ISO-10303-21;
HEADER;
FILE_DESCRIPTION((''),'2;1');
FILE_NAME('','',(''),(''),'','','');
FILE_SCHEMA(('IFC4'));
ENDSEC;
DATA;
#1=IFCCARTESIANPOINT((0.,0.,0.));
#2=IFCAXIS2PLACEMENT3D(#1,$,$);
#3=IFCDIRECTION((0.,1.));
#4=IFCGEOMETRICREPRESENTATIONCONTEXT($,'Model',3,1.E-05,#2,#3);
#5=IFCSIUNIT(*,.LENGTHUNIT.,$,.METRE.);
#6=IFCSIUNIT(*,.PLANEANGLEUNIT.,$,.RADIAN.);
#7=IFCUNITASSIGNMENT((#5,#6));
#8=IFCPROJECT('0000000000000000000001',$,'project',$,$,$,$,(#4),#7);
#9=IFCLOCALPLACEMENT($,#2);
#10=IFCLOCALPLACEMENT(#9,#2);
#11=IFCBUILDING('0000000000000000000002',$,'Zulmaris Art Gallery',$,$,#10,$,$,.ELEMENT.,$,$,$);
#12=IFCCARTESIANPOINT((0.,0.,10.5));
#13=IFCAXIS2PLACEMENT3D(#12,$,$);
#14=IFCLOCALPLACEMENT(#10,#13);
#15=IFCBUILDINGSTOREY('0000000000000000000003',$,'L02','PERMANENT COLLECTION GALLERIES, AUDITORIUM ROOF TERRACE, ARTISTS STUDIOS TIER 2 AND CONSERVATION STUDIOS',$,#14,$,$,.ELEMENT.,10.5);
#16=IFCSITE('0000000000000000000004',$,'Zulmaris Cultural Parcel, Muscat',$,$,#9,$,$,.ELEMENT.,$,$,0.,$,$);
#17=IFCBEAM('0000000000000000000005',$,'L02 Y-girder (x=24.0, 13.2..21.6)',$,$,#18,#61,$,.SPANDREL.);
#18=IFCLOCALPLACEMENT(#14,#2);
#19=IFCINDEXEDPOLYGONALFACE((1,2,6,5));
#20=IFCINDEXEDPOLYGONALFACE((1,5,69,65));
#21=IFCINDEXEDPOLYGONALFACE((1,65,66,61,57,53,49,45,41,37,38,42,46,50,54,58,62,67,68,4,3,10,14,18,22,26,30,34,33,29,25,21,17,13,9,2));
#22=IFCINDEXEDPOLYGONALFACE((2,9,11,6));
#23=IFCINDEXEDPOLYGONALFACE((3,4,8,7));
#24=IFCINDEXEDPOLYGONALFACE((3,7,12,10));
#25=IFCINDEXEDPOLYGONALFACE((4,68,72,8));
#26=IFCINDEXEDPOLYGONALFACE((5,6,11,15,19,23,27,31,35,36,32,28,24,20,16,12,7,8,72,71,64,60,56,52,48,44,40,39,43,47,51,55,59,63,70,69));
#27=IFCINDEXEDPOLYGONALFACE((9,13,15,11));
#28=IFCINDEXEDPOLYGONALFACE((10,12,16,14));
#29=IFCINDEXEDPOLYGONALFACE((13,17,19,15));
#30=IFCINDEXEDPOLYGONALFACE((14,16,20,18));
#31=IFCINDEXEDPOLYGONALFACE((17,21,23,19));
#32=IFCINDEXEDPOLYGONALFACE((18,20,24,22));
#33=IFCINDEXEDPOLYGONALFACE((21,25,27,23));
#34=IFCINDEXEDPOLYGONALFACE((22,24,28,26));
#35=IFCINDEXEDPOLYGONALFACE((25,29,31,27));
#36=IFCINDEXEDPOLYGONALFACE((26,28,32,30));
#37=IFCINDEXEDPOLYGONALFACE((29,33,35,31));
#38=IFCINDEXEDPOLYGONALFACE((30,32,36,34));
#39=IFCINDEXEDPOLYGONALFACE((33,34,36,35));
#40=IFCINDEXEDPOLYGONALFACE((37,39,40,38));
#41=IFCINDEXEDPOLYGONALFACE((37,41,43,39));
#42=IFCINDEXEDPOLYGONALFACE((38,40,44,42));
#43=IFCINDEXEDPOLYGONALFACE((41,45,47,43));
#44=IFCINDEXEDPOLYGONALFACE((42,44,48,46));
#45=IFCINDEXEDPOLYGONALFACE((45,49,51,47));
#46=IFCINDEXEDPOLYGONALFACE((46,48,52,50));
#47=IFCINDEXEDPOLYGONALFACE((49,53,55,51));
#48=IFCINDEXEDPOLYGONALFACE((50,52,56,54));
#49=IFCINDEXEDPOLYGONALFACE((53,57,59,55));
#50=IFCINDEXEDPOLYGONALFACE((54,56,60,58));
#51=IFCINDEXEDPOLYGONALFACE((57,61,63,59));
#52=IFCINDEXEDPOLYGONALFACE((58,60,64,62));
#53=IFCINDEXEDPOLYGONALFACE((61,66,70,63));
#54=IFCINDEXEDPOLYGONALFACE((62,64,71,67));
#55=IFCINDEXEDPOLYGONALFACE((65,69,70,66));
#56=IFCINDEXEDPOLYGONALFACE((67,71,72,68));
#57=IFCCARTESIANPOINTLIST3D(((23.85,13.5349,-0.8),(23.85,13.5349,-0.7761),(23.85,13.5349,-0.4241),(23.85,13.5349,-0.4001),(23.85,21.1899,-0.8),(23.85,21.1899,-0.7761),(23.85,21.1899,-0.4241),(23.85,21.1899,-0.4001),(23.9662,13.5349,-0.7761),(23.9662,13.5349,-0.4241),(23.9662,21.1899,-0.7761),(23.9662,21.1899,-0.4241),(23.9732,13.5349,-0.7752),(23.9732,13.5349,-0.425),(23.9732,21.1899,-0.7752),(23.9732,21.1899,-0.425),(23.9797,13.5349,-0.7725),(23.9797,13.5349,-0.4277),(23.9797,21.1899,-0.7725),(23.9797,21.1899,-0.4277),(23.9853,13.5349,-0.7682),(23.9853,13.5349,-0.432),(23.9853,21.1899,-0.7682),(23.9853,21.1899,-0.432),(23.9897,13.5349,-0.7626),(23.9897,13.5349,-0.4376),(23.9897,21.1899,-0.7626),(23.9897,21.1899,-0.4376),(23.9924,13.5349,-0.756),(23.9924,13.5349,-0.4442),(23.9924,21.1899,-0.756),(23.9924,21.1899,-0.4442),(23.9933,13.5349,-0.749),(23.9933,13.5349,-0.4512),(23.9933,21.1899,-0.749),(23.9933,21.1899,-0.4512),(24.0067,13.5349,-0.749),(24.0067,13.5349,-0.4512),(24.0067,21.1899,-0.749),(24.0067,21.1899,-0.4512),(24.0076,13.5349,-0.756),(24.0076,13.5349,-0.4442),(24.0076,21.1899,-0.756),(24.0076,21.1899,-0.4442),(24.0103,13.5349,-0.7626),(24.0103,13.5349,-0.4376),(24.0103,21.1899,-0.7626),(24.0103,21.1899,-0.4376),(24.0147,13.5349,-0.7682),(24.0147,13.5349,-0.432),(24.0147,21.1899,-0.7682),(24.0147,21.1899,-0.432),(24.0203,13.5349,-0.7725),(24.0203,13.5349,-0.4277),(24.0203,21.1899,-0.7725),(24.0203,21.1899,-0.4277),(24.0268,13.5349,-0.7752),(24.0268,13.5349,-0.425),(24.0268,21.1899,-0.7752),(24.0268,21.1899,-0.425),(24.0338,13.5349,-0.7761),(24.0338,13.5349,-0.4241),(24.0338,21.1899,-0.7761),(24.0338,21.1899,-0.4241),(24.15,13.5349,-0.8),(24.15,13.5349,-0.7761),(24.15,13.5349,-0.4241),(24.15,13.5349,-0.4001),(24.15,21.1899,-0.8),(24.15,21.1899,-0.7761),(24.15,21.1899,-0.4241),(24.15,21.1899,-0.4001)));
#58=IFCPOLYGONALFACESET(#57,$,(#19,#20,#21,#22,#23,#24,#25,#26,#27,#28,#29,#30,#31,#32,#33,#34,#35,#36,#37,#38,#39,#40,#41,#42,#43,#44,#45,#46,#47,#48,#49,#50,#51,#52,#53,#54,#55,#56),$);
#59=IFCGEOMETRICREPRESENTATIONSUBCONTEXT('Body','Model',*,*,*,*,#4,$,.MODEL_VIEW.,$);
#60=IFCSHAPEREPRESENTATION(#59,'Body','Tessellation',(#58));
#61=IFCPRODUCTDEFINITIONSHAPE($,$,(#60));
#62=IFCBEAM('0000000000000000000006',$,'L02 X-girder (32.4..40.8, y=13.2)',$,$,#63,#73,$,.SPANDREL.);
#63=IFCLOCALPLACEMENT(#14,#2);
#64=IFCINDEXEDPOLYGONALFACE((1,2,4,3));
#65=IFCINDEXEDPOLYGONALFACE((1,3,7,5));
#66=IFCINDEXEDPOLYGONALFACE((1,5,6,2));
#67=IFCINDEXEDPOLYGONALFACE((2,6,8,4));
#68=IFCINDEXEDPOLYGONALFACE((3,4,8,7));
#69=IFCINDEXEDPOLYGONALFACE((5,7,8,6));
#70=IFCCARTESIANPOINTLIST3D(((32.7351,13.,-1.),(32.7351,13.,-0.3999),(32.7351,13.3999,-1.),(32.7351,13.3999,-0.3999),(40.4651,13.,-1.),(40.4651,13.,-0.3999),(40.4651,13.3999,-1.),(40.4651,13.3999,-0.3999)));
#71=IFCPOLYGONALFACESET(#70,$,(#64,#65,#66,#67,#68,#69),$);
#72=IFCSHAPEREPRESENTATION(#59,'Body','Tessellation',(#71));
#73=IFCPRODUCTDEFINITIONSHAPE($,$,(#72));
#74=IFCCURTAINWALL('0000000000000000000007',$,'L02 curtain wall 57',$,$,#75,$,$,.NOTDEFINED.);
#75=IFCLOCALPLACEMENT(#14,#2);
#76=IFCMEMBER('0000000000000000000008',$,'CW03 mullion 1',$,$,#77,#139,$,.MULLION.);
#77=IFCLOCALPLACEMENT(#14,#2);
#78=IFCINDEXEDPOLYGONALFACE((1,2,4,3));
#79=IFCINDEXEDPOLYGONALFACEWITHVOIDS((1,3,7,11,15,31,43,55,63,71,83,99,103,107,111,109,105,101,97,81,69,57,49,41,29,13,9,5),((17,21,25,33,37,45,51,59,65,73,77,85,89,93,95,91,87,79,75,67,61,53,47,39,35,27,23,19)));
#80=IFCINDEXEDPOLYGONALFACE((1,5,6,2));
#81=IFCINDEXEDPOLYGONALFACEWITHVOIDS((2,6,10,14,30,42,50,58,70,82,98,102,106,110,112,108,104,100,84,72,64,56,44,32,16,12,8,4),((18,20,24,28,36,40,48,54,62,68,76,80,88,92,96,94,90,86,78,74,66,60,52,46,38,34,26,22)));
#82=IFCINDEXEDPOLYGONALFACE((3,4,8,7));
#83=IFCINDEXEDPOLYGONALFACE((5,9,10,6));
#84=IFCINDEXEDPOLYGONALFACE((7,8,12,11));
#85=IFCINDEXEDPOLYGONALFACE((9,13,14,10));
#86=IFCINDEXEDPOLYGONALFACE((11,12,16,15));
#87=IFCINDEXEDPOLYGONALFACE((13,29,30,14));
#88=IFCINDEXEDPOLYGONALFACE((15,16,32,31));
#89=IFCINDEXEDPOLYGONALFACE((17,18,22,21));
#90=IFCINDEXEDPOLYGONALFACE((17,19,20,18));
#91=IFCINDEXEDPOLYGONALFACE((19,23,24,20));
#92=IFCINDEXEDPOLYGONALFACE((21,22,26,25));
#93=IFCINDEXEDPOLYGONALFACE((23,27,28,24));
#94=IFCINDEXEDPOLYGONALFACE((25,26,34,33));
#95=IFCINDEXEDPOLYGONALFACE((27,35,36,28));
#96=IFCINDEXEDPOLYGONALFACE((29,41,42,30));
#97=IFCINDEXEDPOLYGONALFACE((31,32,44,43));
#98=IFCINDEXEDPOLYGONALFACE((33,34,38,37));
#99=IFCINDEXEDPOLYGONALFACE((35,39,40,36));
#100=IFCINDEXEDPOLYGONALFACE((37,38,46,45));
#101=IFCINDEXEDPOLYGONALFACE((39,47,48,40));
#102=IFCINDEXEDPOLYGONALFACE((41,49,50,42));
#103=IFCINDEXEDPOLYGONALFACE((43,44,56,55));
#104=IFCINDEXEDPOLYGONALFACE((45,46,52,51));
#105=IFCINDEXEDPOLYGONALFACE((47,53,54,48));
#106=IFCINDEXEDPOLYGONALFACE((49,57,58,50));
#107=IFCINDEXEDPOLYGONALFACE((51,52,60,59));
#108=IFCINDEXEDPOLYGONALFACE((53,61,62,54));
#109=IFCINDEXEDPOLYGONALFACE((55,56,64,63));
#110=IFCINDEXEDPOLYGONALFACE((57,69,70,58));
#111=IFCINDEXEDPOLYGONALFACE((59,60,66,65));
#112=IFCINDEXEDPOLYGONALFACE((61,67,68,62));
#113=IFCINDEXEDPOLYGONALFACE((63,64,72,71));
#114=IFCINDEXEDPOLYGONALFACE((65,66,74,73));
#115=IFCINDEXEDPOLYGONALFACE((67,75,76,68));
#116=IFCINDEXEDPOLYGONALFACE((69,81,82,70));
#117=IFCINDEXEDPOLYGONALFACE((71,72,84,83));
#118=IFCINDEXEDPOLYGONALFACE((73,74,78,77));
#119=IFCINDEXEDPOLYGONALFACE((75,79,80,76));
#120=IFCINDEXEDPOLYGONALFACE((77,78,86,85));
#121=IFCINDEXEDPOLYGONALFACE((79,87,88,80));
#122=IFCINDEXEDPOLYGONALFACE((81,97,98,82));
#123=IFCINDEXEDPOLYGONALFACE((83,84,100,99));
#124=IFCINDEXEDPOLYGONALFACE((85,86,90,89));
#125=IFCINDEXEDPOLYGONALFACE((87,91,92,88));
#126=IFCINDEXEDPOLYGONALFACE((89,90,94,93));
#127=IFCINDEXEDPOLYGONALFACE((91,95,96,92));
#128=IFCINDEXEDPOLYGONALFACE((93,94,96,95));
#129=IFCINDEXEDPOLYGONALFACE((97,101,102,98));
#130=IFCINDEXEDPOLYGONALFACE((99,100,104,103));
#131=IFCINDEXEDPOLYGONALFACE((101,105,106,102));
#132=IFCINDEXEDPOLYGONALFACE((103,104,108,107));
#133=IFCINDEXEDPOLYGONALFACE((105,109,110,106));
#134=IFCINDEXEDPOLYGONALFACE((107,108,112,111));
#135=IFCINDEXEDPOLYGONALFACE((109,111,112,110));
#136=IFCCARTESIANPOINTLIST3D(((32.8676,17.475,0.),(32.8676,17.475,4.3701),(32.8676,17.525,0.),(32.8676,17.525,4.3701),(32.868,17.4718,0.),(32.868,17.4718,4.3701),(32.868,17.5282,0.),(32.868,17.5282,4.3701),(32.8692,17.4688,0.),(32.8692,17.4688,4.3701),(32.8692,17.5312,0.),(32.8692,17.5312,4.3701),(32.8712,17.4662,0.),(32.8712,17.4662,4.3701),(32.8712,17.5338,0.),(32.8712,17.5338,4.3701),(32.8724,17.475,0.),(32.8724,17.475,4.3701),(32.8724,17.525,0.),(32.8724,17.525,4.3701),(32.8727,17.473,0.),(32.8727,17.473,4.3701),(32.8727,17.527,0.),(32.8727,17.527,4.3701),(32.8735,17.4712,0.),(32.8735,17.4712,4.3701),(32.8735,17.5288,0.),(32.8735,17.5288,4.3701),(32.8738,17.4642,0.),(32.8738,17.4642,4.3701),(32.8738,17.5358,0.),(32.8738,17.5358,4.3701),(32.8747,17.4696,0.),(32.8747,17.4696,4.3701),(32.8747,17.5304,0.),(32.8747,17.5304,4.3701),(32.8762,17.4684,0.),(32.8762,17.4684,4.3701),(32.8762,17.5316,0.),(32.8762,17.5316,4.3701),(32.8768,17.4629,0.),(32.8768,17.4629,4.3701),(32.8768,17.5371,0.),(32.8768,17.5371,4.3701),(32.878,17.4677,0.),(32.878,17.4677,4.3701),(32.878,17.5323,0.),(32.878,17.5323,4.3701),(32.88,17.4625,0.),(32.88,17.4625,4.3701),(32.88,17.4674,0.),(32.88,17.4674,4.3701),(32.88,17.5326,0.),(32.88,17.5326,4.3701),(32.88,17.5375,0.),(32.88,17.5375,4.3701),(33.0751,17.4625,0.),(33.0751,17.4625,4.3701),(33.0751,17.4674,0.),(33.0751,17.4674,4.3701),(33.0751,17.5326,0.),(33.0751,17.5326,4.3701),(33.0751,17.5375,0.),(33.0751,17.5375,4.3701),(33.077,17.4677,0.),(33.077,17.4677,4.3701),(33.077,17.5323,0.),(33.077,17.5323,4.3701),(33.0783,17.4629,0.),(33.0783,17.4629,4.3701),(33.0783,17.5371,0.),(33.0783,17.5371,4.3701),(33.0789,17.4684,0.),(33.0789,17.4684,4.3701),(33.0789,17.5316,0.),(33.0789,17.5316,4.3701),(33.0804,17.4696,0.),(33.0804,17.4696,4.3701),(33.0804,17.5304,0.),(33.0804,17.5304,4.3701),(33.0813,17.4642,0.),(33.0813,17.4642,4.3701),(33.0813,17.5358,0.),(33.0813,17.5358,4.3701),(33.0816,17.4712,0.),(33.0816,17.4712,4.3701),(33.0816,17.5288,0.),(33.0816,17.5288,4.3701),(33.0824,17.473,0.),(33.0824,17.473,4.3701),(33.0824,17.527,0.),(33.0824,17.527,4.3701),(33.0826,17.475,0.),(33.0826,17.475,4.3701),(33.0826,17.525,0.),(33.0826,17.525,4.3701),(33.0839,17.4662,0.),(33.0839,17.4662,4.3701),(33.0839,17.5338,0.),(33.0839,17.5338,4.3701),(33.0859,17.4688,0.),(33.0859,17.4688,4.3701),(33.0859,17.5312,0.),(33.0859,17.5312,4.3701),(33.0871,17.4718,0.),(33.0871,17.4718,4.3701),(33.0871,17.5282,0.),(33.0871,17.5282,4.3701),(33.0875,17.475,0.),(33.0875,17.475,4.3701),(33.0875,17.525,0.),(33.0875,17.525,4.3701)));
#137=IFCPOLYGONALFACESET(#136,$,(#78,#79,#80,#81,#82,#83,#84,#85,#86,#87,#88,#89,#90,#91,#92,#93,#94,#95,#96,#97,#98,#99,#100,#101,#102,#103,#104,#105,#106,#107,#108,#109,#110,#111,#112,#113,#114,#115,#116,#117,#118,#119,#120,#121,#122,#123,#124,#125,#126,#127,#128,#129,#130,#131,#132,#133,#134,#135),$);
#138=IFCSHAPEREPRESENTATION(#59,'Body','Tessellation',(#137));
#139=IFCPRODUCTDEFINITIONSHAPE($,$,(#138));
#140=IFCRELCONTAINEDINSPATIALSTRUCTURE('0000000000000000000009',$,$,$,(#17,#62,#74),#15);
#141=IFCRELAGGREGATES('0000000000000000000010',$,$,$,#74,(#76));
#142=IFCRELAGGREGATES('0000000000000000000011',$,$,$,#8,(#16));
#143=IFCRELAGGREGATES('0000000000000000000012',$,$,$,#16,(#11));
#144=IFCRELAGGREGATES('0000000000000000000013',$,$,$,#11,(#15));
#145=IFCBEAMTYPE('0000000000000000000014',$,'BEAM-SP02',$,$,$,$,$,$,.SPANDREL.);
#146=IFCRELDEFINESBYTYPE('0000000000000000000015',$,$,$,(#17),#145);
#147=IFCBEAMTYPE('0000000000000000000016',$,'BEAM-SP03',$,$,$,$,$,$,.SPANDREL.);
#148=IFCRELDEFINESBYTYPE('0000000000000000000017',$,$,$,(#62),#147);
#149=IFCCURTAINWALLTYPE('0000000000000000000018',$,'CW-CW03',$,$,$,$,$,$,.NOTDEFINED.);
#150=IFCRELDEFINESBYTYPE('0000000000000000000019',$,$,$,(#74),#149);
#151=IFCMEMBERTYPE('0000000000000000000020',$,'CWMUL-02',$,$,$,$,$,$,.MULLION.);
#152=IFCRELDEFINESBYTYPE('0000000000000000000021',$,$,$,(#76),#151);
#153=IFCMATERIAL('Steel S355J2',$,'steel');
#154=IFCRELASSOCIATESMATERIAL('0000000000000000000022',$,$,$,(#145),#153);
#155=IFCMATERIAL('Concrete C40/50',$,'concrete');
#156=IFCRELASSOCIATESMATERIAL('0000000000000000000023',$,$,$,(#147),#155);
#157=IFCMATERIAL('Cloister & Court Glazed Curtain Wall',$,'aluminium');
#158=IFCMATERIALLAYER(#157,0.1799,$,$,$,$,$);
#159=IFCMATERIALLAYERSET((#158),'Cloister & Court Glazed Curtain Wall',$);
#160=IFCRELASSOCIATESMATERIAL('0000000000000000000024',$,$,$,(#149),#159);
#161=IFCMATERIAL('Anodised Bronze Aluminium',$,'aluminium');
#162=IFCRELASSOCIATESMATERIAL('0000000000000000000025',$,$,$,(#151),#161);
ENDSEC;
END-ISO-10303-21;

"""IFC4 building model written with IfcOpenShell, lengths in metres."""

from ifc_helpers import new_model, si_unit, direction, frame, origin, origin_2d, place, context, subcontext, project, spatial, rectangle, hollow_rectangle, i_section, extrude, material, layer, layer_set, material_profile, profile_set, type_object, element, aggregate, save


model = new_model("IFC4")

# Units and contexts
model_context = context("Model", 3, precision=1e-05, world=origin(), true_north=direction((0.0, 1.0)))
body_context = subcontext(model_context, "Body", "Model", "MODEL_VIEW")
ifc_project = project(units=[si_unit("LENGTHUNIT", "METRE"), si_unit("PLANEANGLEUNIT", "RADIAN")], contexts=[model_context])

# Site, building, storey
site_placement = place(None, origin())
site = spatial("IfcSite", under=ifc_project, at=site_placement, Name="Zulmaris Cultural Parcel, Muscat", CompositionType="ELEMENT", RefElevation=0.0)
building_placement = place(site_placement, origin())
building = spatial("IfcBuilding", under=site, at=building_placement, Name="Zulmaris Art Gallery", CompositionType="ELEMENT")
storey_placement = place(building_placement, frame((0.0, 0.0, 10.5)))
storey = spatial("IfcBuildingStorey", under=building, at=storey_placement, Name="L02", Description="PERMANENT COLLECTION GALLERIES, AUDITORIUM ROOF TERRACE, ARTISTS STUDIOS TIER 2 AND CONSERVATION STUDIOS", CompositionType="ELEMENT", Elevation=10.5)

# Shared definitions
ifc_material_1 = material(Name="Concrete C40/50", Category="concrete")

# Beams
ifc_material_2 = material(Name="Steel S355J2", Category="steel")
ifc_material_profile_1 = material_profile(ifc_material_2, i_section(OverallWidth=0.3, OverallDepth=0.3999, WebThickness=0.0134, FlangeThickness=0.0239, FilletRadius=0.0271, at=origin_2d()), Name="HEB 400")
ifc_profile_set_1 = profile_set([ifc_material_profile_1], Name="Steel S355J2")
beam_type_1 = type_object("IfcBeamType", Name="BEAM-SP02", PredefinedType="SPANDREL", material=ifc_profile_set_1)
beam_1_placement = place(storey_placement, frame((24.0, 13.5349, -0.6001), z_axis=(0.0, 1.0, 0.0), x_axis=(-1.0, 0.0, 0.0)))
element("IfcBeam", 1, at=beam_1_placement, inside=storey, type_object=beam_type_1, Name="L02 Y-girder (x=24.0, 13.2..21.6)", PredefinedType="SPANDREL", context=body_context, shape_type="SweptSolid", body=[
    extrude(i_section(OverallWidth=0.3, OverallDepth=0.3999, WebThickness=0.0134, FlangeThickness=0.0239, FilletRadius=0.0271, at=origin_2d()), origin(), (0.0, 0.0, 1.0), 7.655),
])
ifc_material_profile_2 = material_profile(ifc_material_1, rectangle(XDim=0.3999, YDim=0.6001, at=origin_2d()), Name="RC 400x600")
ifc_profile_set_2 = profile_set([ifc_material_profile_2], Name="Concrete C40/50")
beam_type_2 = type_object("IfcBeamType", Name="BEAM-SP03", PredefinedType="SPANDREL", material=ifc_profile_set_2)
beam_2_placement = place(storey_placement, frame((32.7351, 13.2, -0.7), z_axis=(1.0, 0.0, 0.0), x_axis=(0.0, 1.0, 0.0)))
element("IfcBeam", 2, at=beam_2_placement, inside=storey, type_object=beam_type_2, Name="L02 X-girder (32.4..40.8, y=13.2)", PredefinedType="SPANDREL", context=body_context, shape_type="SweptSolid", body=[
    extrude(rectangle(XDim=0.3999, YDim=0.6001, at=origin_2d()), origin(), (0.0, 0.0, 1.0), 7.73),
])

# Curtain wall, member
ifc_material_3 = material(Name="Cloister & Court Glazed Curtain Wall", Category="aluminium")
ifc_layer_1 = layer(ifc_material_3, 0.1799)
ifc_layer_set_1 = layer_set([ifc_layer_1], Name="Cloister & Court Glazed Curtain Wall")
curtain_wall_type = type_object("IfcCurtainWallType", Name="CW-CW03", PredefinedType="NOTDEFINED", material=ifc_layer_set_1)
curtain_wall_placement = place(storey_placement, origin())
curtain_wall = element("IfcCurtainWall", 3, at=curtain_wall_placement, inside=storey, type_object=curtain_wall_type, Name="L02 curtain wall 57", PredefinedType="NOTDEFINED")
ifc_material_4 = material(Name="Anodised Bronze Aluminium", Category="aluminium")
ifc_material_profile_3 = material_profile(ifc_material_4, hollow_rectangle(XDim=0.075, YDim=0.22, WallThickness=0.0049, InnerFilletRadius=0.0076, OuterFilletRadius=0.0125, at=origin_2d()), Name="ALU 75x220x5")
ifc_profile_set_3 = profile_set([ifc_material_profile_3], Name="Anodised Bronze Aluminium")
member_type_1 = type_object("IfcMemberType", Name="CWMUL-02", PredefinedType="MULLION", material=ifc_profile_set_3)
member_1_placement = place(storey_placement, frame((32.9775, 17.5, 0.0), z_axis=(0.0, 0.0, 1.0), x_axis=(0.0, 1.0, 0.0)))
member_1 = element("IfcMember", 4, at=member_1_placement, type_object=member_type_1, Name="CW03 mullion 1", PredefinedType="MULLION", context=body_context, shape_type="SweptSolid", body=[
    extrude(hollow_rectangle(XDim=0.075, YDim=0.22, WallThickness=0.0049, InnerFilletRadius=0.0076, OuterFilletRadius=0.0125, at=origin_2d()), origin(), (0.0, 0.0, 1.0), 4.3701),
])
aggregate(curtain_wall, [member_1])

save(model, "model.ifc")
